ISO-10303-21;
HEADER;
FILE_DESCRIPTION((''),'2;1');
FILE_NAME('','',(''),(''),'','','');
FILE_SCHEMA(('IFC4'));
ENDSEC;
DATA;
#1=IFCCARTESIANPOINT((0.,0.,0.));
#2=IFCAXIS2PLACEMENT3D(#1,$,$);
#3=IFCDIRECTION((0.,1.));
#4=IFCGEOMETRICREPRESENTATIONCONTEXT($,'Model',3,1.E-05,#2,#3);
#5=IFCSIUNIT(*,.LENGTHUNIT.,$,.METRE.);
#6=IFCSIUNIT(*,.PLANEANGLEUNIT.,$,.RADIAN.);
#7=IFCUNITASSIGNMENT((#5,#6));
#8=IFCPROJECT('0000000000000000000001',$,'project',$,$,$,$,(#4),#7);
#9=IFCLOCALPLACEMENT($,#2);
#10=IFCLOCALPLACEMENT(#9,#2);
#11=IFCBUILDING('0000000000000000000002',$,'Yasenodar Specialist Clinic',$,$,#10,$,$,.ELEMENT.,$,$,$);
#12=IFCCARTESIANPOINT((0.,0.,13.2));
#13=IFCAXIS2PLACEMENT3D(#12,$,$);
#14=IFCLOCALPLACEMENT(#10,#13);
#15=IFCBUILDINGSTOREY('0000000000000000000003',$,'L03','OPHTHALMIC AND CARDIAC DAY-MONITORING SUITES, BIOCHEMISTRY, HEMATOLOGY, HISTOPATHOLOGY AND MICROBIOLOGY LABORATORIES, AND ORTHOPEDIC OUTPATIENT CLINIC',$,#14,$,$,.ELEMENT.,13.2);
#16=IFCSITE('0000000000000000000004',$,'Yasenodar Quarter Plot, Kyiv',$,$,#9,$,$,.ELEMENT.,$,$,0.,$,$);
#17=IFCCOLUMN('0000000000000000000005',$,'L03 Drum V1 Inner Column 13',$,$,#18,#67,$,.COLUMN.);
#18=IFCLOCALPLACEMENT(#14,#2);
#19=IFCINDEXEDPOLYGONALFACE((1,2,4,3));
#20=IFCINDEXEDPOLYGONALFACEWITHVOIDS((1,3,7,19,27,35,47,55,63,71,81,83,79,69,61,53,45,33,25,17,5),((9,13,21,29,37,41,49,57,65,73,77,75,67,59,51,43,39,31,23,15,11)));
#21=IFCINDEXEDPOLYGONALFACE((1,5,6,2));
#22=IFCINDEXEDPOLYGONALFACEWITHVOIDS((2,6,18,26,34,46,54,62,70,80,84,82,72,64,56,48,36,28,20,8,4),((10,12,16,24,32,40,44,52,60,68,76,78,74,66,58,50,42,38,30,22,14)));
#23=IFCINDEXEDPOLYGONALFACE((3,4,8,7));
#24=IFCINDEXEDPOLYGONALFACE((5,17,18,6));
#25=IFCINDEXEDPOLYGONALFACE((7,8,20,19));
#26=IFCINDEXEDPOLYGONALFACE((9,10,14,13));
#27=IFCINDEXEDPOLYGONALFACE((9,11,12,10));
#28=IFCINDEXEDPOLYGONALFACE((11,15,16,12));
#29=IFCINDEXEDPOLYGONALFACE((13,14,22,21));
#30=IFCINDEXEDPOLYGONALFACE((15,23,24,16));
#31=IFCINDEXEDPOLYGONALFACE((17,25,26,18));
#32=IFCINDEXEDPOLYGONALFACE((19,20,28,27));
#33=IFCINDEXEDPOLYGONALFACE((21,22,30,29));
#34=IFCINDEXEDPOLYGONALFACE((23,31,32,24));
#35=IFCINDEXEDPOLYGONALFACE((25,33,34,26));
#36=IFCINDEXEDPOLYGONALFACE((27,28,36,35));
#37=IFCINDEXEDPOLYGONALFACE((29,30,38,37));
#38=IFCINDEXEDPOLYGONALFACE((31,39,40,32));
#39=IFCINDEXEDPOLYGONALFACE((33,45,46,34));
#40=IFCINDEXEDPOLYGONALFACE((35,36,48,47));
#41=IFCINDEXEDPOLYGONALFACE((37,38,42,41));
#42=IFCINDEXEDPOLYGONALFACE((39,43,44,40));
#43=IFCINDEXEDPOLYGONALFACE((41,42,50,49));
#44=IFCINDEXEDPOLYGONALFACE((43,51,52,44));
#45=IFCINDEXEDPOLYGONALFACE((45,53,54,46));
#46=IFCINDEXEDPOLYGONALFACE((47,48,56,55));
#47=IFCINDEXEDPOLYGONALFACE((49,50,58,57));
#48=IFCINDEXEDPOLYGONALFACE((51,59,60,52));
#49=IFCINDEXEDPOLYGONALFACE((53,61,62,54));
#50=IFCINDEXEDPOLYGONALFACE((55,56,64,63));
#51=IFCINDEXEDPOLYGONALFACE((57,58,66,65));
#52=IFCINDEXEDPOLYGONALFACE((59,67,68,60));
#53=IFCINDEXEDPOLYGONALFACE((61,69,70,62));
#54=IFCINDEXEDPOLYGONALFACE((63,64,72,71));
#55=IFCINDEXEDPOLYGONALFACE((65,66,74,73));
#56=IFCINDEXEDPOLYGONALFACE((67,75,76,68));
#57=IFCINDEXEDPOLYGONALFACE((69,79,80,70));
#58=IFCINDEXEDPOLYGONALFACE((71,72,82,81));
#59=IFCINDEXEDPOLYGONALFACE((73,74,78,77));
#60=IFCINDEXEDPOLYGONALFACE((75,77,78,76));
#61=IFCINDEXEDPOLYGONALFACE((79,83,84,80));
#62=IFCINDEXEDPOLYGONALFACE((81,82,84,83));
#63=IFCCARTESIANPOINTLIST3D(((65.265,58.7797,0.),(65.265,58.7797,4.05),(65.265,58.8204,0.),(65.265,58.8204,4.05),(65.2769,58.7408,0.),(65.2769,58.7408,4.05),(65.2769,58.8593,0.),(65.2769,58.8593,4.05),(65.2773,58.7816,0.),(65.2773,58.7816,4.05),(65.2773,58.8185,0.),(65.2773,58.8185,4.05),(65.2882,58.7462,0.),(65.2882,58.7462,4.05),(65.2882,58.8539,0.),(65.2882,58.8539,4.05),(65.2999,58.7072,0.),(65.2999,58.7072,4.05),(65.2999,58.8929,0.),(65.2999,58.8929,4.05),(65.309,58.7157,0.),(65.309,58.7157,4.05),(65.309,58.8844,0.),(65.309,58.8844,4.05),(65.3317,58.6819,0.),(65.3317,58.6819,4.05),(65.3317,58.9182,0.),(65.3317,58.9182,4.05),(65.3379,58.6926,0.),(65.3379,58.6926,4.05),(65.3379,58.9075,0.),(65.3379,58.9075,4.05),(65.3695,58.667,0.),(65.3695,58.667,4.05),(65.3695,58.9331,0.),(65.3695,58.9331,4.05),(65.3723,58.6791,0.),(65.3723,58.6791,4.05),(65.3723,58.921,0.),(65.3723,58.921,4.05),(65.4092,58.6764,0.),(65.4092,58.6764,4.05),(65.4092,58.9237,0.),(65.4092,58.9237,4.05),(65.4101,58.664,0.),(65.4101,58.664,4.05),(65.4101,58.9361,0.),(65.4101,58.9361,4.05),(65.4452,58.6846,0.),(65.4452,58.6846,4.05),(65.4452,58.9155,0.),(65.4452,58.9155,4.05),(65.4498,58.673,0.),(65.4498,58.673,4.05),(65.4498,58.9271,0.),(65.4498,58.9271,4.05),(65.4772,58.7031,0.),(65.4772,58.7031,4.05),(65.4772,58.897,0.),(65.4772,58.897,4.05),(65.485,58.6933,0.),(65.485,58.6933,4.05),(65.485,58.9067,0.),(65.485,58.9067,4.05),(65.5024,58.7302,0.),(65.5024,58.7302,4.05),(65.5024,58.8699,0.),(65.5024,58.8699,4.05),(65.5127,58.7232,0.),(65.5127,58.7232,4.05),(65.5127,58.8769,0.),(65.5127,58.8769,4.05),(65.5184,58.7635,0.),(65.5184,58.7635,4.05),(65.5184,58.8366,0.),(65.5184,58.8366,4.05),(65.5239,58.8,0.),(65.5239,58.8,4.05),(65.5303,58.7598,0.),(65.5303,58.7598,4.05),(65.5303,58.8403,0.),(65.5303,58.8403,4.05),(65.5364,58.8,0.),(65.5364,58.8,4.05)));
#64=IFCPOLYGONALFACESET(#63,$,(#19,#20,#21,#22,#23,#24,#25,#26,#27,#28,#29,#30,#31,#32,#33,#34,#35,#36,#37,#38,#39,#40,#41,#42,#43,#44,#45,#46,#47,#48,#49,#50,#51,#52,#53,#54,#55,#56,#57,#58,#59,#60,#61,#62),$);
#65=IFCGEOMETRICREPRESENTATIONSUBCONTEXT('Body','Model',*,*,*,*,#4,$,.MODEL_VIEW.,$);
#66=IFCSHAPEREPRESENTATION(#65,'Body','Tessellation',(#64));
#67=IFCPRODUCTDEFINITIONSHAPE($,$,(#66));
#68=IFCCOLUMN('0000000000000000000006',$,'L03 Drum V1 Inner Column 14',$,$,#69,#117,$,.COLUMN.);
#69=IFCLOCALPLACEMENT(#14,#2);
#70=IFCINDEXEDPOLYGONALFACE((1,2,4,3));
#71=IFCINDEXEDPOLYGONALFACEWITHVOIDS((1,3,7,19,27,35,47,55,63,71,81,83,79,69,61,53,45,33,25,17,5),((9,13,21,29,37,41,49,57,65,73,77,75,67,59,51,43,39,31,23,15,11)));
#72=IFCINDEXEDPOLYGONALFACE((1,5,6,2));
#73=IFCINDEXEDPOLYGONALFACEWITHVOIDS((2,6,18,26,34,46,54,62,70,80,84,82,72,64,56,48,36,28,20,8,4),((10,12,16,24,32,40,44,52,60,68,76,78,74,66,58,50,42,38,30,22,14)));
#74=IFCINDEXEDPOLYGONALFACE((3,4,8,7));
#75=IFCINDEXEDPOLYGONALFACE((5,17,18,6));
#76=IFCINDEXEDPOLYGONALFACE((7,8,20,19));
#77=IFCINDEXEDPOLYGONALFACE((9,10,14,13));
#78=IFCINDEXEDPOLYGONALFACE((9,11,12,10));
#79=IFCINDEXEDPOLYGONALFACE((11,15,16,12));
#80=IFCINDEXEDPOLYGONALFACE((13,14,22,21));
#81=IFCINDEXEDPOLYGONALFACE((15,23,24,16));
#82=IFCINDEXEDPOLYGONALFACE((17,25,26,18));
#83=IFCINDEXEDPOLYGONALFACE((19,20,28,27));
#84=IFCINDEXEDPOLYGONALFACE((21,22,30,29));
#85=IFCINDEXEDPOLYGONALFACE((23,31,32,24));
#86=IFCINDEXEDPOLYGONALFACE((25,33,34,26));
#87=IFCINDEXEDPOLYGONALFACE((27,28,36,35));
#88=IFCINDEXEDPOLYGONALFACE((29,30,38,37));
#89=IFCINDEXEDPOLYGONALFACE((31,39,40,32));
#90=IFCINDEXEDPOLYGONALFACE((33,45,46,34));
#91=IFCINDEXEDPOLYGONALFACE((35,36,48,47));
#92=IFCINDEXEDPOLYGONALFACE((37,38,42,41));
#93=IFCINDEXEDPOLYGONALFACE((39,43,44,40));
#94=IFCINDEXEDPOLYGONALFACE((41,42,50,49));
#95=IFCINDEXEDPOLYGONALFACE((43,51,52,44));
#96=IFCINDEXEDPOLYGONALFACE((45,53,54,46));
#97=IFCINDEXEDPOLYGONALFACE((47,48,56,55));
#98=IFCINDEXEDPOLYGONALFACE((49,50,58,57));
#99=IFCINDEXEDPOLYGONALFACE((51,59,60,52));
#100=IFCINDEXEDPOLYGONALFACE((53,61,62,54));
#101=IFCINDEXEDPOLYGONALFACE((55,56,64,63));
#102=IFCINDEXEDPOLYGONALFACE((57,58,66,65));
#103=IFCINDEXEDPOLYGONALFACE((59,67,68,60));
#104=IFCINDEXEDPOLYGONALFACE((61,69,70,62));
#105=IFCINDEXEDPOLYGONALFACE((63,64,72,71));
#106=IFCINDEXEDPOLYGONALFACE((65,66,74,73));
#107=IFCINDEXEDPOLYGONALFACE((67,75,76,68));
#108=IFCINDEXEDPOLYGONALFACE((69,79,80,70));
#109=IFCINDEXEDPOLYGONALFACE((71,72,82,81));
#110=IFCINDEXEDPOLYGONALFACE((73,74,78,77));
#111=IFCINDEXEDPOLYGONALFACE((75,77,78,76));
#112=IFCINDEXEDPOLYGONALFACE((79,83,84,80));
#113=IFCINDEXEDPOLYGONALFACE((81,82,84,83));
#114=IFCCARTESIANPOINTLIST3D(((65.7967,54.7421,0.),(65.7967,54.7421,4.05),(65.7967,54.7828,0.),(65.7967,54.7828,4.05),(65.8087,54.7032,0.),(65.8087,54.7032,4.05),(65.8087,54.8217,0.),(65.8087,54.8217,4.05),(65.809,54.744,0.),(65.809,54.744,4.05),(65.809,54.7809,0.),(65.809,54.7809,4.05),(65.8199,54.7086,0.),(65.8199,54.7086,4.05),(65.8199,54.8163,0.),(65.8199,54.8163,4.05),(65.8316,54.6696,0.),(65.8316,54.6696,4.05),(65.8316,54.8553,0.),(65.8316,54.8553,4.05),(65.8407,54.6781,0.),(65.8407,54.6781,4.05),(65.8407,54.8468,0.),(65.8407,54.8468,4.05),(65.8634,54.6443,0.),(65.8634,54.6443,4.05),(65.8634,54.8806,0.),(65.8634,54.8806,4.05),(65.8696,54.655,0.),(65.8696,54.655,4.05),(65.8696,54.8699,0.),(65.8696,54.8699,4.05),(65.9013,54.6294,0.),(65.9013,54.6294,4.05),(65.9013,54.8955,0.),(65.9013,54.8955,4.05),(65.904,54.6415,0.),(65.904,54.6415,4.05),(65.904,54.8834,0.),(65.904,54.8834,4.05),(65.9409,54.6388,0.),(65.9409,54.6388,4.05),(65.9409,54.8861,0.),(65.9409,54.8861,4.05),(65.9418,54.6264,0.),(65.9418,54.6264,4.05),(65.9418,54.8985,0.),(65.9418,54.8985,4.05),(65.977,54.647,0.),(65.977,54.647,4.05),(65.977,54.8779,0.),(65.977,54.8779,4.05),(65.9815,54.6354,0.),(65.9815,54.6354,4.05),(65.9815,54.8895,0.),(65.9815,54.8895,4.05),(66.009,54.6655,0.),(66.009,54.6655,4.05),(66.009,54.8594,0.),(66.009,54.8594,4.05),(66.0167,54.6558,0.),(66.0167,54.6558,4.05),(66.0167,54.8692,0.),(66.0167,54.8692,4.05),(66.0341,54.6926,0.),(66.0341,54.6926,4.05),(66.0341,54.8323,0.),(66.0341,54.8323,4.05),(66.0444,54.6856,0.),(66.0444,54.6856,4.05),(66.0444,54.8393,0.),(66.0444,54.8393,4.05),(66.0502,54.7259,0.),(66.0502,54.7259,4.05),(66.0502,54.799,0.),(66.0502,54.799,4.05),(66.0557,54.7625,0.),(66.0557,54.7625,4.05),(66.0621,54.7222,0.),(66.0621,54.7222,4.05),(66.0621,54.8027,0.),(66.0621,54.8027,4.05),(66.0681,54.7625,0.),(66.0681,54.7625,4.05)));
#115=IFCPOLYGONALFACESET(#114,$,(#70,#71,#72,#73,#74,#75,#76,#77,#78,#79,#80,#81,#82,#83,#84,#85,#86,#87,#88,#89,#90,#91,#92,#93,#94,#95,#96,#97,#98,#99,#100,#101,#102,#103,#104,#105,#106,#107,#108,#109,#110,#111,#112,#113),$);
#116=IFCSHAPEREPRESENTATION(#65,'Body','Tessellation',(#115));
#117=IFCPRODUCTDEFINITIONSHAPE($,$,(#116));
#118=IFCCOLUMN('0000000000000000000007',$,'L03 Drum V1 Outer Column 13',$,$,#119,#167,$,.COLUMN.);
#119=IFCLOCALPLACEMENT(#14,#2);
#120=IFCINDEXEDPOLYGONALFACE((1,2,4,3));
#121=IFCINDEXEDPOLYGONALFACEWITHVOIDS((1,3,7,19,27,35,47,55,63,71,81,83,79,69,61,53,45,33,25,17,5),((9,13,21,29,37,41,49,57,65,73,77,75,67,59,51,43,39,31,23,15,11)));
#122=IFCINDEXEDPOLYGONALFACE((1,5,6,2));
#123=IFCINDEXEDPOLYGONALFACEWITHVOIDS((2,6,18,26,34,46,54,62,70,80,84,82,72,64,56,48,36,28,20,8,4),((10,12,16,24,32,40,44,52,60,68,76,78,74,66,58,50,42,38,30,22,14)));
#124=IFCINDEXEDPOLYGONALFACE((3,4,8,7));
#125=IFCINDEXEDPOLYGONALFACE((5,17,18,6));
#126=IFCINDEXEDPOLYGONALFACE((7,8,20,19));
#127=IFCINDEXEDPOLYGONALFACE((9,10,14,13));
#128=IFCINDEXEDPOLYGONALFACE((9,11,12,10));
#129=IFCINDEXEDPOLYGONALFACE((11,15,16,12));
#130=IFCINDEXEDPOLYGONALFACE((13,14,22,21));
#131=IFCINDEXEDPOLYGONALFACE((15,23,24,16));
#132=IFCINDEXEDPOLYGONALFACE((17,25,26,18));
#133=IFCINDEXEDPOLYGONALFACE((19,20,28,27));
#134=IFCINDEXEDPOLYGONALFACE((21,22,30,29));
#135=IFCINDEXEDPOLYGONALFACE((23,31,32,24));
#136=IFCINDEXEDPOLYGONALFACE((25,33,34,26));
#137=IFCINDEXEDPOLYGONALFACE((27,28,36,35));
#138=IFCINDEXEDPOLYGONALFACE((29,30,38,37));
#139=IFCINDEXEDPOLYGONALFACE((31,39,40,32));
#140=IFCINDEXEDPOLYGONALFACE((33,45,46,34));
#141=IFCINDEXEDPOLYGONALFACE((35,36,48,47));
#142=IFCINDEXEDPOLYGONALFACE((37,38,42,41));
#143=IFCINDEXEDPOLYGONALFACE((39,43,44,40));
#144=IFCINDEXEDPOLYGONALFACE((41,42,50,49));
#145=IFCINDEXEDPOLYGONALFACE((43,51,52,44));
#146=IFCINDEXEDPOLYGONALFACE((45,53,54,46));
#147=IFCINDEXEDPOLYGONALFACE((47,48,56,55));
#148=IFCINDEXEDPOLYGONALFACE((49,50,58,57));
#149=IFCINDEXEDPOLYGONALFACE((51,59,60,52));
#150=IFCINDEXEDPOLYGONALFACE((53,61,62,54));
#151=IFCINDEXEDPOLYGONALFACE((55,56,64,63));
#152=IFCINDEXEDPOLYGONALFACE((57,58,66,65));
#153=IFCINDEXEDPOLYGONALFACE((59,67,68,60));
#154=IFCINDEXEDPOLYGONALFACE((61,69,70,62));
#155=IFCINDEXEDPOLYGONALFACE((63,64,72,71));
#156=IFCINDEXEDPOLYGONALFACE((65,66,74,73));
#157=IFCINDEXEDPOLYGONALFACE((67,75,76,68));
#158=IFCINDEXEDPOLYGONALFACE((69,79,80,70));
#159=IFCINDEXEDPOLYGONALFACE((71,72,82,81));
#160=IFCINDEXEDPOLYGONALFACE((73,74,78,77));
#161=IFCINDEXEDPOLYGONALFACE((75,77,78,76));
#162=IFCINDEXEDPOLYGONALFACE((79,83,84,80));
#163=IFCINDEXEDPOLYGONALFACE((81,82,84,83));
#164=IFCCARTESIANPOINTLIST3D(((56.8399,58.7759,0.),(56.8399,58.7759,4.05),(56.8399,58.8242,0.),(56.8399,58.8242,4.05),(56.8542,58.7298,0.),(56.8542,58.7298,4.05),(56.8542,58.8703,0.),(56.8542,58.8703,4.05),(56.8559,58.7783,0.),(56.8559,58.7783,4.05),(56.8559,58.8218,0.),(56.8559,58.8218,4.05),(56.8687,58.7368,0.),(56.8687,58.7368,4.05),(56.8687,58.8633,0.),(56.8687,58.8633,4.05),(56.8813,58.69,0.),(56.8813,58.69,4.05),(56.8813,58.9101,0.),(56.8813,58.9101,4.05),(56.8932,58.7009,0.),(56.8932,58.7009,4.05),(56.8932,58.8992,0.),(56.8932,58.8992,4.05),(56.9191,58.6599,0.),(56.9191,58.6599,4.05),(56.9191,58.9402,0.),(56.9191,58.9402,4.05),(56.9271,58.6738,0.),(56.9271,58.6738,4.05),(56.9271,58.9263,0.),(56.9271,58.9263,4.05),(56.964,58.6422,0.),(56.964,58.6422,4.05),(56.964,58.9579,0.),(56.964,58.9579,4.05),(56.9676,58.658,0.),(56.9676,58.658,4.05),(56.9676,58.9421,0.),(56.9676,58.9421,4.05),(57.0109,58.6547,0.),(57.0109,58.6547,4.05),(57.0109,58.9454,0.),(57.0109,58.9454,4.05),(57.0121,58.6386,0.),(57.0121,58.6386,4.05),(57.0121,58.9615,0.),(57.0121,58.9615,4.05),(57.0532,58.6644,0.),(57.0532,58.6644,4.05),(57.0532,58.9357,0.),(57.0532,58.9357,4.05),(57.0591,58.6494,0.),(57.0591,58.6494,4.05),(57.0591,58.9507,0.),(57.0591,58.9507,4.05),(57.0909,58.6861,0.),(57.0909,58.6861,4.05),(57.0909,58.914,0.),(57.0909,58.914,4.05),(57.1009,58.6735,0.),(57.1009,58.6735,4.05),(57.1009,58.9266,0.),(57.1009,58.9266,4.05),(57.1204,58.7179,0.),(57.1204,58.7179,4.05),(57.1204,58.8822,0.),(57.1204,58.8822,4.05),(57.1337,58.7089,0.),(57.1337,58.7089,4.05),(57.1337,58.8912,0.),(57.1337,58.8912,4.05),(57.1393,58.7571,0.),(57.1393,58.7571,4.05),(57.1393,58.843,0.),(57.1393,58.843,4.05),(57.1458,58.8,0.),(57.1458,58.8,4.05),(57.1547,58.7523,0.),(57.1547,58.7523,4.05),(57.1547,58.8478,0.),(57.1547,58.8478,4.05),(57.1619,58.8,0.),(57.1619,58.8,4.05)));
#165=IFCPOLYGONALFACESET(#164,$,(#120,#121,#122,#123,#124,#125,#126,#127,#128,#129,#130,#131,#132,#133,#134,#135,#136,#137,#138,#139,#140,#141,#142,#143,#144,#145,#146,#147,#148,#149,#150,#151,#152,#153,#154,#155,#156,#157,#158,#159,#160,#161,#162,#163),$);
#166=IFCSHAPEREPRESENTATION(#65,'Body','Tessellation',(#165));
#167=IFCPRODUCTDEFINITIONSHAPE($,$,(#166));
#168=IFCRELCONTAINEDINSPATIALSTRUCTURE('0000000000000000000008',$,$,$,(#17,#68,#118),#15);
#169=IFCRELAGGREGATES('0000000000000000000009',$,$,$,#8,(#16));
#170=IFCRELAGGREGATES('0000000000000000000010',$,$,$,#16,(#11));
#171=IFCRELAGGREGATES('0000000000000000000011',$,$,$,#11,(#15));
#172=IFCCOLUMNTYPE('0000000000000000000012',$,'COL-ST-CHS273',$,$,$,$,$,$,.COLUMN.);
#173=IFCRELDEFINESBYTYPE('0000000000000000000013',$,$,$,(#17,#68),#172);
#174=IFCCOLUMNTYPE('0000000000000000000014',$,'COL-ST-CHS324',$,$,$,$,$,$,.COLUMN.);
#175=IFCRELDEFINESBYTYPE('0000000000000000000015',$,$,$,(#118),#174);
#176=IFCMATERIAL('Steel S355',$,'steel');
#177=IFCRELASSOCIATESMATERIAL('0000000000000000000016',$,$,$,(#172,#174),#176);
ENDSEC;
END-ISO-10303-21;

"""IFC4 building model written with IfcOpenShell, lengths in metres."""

from ifc_helpers import new_model, si_unit, direction, frame, origin, origin_2d, place, context, subcontext, project, spatial, hollow_circle, extrude, material, material_profile, profile_set, type_object, element, save


model = new_model("IFC4")

# Units and contexts
model_context = context("Model", 3, precision=1e-05, world=origin(), true_north=direction((0.0, 1.0)))
body_context = subcontext(model_context, "Body", "Model", "MODEL_VIEW")
ifc_project = project(units=[si_unit("LENGTHUNIT", "METRE"), si_unit("PLANEANGLEUNIT", "RADIAN")], contexts=[model_context])

# Site, building, storey
site_placement = place(None, origin())
site = spatial("IfcSite", under=ifc_project, at=site_placement, Name="Yasenodar Quarter Plot, Kyiv", CompositionType="ELEMENT", RefElevation=0.0)
building_placement = place(site_placement, origin())
building = spatial("IfcBuilding", under=site, at=building_placement, Name="Yasenodar Specialist Clinic", CompositionType="ELEMENT")
storey_placement = place(building_placement, frame((0.0, 0.0, 13.2)))
storey = spatial("IfcBuildingStorey", under=building, at=storey_placement, Name="L03", Description="OPHTHALMIC AND CARDIAC DAY-MONITORING SUITES, BIOCHEMISTRY, HEMATOLOGY, HISTOPATHOLOGY AND MICROBIOLOGY LABORATORIES, AND ORTHOPEDIC OUTPATIENT CLINIC", CompositionType="ELEMENT", Elevation=13.2)

# Columns
ifc_material_1 = material(Name="Steel S355", Category="steel")
ifc_material_profile_1 = material_profile(ifc_material_1, hollow_circle(Radius=0.1365, WallThickness=0.0125, at=origin_2d()), Name="CHS 273x12.5")
ifc_profile_set_1 = profile_set([ifc_material_profile_1], Name="Steel S355")
column_type_1 = type_object("IfcColumnType", Name="COL-ST-CHS273", PredefinedType="COLUMN", material=ifc_profile_set_1)
for number, where, z_axis, x_axis, name in (
    (1, (65.3999, 58.8, 0.0), (0.0, 0.0, 1.0), (1.0, 0.0, 0.0), "L03 Drum V1 Inner Column 13"),
    (2, (65.9316, 54.7625, 0.0), (0.0, 0.0, 1.0), (1.0, 0.0, 0.0), "L03 Drum V1 Inner Column 14"),
):
    element("IfcColumn", number, at=place(storey_placement, frame(where, z_axis=z_axis, x_axis=x_axis)), inside=storey, type_object=column_type_1, Name=name, PredefinedType="COLUMN", context=body_context, shape_type="SweptSolid", body=[
        extrude(hollow_circle(Radius=0.1365, WallThickness=0.0125, at=origin_2d()), origin(), (0.0, 0.0, 1.0), 4.05),
    ])
ifc_material_profile_2 = material_profile(ifc_material_1, hollow_circle(Radius=0.1619, WallThickness=0.0161, at=origin_2d()), Name="CHS 323.9x16")
ifc_profile_set_2 = profile_set([ifc_material_profile_2], Name="Steel S355")
column_type_2 = type_object("IfcColumnType", Name="COL-ST-CHS324", PredefinedType="COLUMN", material=ifc_profile_set_2)
column_placement = place(storey_placement, frame((57.0, 58.8, 0.0), z_axis=(0.0, 0.0, 1.0), x_axis=(1.0, 0.0, 0.0)))
element("IfcColumn", 3, at=column_placement, inside=storey, type_object=column_type_2, Name="L03 Drum V1 Outer Column 13", PredefinedType="COLUMN", context=body_context, shape_type="SweptSolid", body=[
    extrude(hollow_circle(Radius=0.1619, WallThickness=0.0161, at=origin_2d()), origin(), (0.0, 0.0, 1.0), 4.05),
])

save(model, "model.ifc")
